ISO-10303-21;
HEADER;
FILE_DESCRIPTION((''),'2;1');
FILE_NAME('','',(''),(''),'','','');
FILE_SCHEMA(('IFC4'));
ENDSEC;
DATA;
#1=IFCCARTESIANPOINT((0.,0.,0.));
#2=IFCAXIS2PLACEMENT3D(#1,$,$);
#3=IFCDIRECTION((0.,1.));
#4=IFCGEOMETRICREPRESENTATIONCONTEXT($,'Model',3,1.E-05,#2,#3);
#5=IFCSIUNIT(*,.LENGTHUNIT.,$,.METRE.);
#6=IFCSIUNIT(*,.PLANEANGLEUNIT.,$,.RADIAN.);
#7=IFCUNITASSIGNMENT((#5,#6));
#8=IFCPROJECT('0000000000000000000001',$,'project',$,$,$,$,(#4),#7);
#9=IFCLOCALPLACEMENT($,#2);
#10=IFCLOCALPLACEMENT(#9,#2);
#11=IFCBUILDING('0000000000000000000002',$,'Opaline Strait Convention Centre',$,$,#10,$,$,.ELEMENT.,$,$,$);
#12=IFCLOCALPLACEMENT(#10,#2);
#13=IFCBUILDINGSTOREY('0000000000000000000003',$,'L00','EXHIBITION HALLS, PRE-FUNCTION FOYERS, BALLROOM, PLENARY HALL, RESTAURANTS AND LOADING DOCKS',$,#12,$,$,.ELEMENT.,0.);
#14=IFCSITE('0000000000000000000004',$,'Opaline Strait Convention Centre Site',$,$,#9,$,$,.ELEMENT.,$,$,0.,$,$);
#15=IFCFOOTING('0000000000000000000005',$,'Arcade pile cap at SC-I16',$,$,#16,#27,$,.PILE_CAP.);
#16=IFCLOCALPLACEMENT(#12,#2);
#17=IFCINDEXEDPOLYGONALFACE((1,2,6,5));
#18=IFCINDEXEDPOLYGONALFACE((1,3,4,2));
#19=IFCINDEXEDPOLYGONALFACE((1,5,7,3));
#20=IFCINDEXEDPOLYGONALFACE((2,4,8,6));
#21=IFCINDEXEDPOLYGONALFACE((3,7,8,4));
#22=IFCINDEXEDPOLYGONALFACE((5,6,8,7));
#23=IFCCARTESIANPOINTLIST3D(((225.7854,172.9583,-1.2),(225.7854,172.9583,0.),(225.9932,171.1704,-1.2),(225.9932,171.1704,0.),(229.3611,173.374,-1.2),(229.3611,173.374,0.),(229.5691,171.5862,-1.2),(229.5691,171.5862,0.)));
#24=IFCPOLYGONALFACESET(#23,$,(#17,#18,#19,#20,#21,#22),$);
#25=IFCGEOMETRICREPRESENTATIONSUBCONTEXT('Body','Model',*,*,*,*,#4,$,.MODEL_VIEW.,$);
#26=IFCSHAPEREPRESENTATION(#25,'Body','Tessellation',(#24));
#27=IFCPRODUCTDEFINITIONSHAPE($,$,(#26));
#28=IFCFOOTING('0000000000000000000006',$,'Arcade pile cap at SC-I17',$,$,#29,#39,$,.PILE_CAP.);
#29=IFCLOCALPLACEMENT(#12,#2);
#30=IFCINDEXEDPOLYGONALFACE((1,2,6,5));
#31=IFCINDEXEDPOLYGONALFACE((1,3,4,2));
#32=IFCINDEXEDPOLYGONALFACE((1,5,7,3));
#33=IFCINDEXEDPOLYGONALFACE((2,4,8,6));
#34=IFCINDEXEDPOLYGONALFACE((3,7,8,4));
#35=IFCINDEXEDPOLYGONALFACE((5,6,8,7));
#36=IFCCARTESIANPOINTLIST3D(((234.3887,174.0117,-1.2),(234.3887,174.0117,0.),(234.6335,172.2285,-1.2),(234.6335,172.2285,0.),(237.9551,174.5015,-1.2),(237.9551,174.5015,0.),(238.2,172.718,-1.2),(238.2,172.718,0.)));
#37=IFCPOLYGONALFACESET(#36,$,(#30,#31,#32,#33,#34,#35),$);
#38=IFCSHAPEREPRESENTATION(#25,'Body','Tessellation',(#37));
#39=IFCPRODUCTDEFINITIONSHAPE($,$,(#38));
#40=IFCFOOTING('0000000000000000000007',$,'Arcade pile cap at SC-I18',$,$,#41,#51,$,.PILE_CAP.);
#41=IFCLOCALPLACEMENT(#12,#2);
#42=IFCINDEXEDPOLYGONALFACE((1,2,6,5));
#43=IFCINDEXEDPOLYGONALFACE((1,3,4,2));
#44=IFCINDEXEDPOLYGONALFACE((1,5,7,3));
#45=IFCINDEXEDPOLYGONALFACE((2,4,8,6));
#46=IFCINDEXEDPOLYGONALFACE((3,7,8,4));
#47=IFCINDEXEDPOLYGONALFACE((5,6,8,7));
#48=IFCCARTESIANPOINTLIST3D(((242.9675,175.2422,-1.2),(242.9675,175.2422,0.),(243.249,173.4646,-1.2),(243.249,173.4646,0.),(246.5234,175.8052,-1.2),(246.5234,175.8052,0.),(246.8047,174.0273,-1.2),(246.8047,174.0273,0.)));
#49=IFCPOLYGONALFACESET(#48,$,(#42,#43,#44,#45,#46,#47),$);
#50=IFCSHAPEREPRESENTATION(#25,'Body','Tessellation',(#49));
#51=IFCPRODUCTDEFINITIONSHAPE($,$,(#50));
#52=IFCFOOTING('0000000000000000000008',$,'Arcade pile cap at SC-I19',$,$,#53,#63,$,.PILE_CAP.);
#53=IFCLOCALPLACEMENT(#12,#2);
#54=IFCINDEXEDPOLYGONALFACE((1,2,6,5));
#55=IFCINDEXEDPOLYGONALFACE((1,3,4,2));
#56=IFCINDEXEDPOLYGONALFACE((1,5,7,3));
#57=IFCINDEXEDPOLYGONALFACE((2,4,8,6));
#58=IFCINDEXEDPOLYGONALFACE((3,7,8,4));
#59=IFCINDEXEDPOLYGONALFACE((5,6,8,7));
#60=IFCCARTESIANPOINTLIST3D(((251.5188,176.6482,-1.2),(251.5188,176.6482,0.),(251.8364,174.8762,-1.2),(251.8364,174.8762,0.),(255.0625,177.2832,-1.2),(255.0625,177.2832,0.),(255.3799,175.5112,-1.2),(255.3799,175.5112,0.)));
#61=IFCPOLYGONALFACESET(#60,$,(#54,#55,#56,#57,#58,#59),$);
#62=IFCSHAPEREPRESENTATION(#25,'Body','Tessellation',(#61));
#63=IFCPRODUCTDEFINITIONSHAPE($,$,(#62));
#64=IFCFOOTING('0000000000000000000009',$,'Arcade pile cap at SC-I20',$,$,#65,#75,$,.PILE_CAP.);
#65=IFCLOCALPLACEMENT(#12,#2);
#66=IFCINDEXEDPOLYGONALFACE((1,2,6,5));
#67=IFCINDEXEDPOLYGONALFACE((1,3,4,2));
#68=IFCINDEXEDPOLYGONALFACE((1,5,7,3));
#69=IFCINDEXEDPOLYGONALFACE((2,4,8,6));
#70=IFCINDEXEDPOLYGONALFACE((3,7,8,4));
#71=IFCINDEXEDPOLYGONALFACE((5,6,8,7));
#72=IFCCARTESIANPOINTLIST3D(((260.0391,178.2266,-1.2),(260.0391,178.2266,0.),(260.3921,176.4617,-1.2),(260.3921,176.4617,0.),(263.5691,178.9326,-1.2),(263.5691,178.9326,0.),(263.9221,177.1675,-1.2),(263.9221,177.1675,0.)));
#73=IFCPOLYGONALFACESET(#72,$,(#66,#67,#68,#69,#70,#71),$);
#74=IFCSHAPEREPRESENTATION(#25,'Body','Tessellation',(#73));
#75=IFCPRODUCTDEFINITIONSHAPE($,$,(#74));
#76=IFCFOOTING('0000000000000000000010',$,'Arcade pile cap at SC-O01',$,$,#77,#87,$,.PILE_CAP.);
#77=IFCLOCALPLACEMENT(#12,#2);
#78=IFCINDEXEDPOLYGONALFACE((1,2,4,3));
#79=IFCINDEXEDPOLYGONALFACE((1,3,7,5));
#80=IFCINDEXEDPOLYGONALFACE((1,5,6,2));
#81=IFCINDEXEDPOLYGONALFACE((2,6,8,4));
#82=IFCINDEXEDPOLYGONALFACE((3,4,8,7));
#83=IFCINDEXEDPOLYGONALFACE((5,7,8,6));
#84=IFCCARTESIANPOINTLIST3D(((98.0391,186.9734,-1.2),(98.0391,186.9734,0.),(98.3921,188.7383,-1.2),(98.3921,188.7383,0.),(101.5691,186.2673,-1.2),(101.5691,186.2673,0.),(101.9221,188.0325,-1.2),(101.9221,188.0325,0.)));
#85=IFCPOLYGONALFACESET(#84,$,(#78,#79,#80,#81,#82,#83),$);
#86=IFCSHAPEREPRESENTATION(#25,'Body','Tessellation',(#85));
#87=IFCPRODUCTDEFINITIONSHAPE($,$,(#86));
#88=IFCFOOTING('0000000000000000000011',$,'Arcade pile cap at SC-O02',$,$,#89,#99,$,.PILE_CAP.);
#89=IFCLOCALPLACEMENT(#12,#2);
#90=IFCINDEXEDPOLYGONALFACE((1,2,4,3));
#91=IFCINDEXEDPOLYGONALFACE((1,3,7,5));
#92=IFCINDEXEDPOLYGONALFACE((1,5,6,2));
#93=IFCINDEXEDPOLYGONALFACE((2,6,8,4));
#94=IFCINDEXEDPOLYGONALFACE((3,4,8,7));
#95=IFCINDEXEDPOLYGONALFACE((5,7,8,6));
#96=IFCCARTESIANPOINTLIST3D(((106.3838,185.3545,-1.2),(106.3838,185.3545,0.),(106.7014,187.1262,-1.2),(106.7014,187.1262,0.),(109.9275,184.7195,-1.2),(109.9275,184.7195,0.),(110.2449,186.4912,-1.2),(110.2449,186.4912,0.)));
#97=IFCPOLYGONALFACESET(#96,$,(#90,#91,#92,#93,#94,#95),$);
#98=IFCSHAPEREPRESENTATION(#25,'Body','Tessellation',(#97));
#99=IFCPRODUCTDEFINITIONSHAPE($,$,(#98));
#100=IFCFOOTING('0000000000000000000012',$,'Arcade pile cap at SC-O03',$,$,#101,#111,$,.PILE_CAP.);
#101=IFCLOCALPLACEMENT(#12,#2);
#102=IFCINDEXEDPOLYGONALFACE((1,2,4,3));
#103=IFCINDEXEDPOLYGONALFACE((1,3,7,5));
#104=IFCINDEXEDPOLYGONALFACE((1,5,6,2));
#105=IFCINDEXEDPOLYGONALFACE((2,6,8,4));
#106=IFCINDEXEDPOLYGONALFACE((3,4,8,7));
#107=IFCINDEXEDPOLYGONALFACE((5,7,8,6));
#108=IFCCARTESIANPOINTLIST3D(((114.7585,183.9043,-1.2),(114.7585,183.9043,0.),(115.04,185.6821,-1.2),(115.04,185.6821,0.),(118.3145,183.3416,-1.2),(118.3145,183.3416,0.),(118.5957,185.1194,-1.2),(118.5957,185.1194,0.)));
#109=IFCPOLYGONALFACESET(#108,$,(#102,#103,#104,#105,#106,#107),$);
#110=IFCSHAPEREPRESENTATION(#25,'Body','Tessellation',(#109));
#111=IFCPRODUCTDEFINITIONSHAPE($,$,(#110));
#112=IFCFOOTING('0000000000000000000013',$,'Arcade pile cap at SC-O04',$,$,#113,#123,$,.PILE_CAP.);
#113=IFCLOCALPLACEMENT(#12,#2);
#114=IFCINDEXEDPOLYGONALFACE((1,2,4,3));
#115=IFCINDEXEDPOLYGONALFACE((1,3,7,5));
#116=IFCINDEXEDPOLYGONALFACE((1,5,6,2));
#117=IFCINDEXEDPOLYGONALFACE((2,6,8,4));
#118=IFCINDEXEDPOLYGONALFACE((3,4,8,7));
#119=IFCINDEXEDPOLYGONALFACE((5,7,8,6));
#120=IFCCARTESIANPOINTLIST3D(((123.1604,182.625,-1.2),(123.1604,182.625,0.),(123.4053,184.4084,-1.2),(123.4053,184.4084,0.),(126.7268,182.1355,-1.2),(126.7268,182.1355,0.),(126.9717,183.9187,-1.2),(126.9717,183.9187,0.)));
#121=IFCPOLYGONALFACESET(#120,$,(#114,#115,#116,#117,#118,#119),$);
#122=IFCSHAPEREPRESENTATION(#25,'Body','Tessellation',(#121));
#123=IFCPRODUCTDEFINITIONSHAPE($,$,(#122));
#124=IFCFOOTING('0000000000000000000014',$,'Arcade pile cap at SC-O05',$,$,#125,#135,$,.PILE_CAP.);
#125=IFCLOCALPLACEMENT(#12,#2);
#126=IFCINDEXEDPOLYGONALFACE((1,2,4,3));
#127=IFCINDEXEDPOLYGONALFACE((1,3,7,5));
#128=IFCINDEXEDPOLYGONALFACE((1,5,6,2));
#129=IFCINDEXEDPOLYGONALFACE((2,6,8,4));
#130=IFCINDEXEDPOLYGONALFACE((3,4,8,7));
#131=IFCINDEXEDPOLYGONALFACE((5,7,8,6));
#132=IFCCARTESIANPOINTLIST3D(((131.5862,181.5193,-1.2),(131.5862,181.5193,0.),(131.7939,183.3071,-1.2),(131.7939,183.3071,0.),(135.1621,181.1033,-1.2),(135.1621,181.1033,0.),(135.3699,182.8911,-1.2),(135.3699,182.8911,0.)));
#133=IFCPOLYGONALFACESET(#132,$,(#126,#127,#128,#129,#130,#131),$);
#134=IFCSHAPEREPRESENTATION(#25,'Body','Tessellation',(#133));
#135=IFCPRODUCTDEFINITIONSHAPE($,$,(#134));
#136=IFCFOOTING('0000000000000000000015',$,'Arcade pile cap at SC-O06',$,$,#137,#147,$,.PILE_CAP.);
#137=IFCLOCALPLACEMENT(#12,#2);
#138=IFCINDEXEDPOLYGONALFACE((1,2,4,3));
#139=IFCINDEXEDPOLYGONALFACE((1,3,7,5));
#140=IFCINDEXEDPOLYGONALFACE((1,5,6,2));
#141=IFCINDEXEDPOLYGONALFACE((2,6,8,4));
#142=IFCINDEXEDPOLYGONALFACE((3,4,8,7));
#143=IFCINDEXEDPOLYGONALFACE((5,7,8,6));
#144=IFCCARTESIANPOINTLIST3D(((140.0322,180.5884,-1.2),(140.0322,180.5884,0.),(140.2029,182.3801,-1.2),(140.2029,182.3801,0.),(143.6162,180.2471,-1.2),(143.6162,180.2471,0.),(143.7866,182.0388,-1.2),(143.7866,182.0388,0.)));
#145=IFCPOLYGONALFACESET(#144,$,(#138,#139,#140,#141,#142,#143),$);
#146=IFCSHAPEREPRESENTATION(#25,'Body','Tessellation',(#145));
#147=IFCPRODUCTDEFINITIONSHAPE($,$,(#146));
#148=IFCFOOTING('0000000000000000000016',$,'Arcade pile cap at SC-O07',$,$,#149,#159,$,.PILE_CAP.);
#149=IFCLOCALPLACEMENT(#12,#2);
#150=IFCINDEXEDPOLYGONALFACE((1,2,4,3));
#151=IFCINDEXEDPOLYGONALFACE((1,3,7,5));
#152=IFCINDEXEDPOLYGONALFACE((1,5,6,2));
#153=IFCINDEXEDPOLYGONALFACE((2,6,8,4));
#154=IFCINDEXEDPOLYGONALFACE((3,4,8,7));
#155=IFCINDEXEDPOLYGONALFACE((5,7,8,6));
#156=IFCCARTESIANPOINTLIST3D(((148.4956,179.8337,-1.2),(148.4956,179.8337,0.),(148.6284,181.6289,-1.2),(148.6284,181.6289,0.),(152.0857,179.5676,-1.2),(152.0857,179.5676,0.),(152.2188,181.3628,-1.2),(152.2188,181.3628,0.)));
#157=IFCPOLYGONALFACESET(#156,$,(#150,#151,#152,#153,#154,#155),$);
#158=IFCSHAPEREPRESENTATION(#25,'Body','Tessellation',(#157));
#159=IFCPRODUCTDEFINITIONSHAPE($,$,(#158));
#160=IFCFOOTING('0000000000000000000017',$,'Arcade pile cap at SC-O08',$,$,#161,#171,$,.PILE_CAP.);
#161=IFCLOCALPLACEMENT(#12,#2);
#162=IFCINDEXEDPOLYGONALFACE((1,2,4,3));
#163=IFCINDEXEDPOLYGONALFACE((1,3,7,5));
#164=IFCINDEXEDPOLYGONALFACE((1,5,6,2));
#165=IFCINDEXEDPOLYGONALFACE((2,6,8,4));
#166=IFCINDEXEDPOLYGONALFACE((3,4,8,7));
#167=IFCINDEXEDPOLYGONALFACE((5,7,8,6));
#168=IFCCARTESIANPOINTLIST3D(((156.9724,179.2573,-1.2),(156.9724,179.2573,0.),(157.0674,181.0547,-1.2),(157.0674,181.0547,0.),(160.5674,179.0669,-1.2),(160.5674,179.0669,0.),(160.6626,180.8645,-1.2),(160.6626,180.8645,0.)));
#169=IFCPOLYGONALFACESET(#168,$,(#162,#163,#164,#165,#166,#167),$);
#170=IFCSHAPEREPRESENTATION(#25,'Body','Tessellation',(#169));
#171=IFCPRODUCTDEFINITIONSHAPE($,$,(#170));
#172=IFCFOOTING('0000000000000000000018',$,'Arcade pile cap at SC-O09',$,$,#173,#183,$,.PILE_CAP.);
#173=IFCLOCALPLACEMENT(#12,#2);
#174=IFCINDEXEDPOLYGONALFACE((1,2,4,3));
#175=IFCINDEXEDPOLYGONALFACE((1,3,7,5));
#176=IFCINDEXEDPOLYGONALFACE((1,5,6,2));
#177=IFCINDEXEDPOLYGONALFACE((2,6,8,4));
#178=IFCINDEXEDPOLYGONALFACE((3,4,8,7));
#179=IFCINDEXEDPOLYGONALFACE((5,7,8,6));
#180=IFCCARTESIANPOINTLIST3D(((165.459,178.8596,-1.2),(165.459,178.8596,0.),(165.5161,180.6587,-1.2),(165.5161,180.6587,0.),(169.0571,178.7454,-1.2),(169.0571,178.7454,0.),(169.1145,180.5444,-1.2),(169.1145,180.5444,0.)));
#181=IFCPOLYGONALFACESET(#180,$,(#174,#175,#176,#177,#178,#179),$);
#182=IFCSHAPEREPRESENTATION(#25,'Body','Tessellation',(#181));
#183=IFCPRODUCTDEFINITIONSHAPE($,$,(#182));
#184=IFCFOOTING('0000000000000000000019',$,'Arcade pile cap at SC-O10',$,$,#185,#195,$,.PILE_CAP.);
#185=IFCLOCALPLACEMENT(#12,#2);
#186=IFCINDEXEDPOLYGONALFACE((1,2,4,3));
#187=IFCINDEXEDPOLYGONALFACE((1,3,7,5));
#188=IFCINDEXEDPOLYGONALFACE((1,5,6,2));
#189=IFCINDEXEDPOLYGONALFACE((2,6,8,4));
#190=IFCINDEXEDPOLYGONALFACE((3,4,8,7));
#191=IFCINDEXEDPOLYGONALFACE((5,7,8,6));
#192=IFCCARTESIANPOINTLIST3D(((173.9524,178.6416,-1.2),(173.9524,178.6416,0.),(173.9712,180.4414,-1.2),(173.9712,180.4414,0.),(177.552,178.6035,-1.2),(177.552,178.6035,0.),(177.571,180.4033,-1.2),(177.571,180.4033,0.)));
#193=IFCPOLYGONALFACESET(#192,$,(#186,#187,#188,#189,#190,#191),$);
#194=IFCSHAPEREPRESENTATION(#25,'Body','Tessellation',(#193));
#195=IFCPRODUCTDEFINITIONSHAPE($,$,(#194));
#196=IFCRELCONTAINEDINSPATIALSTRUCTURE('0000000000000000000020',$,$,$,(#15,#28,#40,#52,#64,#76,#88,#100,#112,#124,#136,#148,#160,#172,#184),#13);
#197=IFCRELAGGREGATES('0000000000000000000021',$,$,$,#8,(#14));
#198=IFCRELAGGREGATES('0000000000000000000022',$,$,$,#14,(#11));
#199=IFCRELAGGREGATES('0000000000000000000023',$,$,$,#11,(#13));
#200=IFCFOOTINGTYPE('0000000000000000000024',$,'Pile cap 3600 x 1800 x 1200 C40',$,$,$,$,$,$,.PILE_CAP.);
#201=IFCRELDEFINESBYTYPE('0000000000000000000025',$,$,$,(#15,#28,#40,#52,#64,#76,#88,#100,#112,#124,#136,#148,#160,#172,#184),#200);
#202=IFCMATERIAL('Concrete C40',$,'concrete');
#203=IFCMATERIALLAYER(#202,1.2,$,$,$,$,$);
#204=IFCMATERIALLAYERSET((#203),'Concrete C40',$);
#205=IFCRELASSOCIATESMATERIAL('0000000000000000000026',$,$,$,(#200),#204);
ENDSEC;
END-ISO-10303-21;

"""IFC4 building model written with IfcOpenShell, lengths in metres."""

from ifc_helpers import new_model, si_unit, direction, frame, origin, place, context, subcontext, project, spatial, polyline, outline, extrude, material, layer, layer_set, type_object, element, save


model = new_model("IFC4")

# Units and contexts
model_context = context("Model", 3, precision=1e-05, world=origin(), true_north=direction((0.0, 1.0)))
body_context = subcontext(model_context, "Body", "Model", "MODEL_VIEW")
ifc_project = project(units=[si_unit("LENGTHUNIT", "METRE"), si_unit("PLANEANGLEUNIT", "RADIAN")], contexts=[model_context])

# Site, building, storey
site_placement = place(None, origin())
site = spatial("IfcSite", under=ifc_project, at=site_placement, Name="Opaline Strait Convention Centre Site", CompositionType="ELEMENT", RefElevation=0.0)
building_placement = place(site_placement, origin())
building = spatial("IfcBuilding", under=site, at=building_placement, Name="Opaline Strait Convention Centre", CompositionType="ELEMENT")
storey_placement = place(building_placement, origin())
storey = spatial("IfcBuildingStorey", under=building, at=storey_placement, Name="L00", Description="EXHIBITION HALLS, PRE-FUNCTION FOYERS, BALLROOM, PLENARY HALL, RESTAURANTS AND LOADING DOCKS", CompositionType="ELEMENT", Elevation=0.0)

# Footings
ifc_material = material(Name="Concrete C40", Category="concrete")
ifc_layer = layer(ifc_material, 1.2)
ifc_layer_set = layer_set([ifc_layer], Name="Concrete C40")
footing_type = type_object("IfcFootingType", Name="Pile cap 3600 x 1800 x 1200 C40", PredefinedType="PILE_CAP", material=ifc_layer_set)
footing_1_placement = place(storey_placement, frame((0.0, 0.0, -1.2)))
element("IfcFooting", 1, at=footing_1_placement, inside=storey, type_object=footing_type, Name="Arcade pile cap at SC-I16", PredefinedType="PILE_CAP", context=body_context, shape_type="SweptSolid", body=[
    extrude(outline(polyline([(225.9932, 171.1704), (229.5691, 171.5862), (229.3611, 173.374), (225.7854, 172.9583), (225.9932, 171.1704)])), origin(), (0.0, 0.0, 1.0), 1.2),
])
footing_2_placement = place(storey_placement, frame((0.0, 0.0, -1.2)))
element("IfcFooting", 2, at=footing_2_placement, inside=storey, type_object=footing_type, Name="Arcade pile cap at SC-I17", PredefinedType="PILE_CAP", context=body_context, shape_type="SweptSolid", body=[
    extrude(outline(polyline([(234.6335, 172.2285), (238.2, 172.718), (237.9551, 174.5015), (234.3887, 174.0117), (234.6335, 172.2285)])), origin(), (0.0, 0.0, 1.0), 1.2),
])
footing_3_placement = place(storey_placement, frame((0.0, 0.0, -1.2)))
element("IfcFooting", 3, at=footing_3_placement, inside=storey, type_object=footing_type, Name="Arcade pile cap at SC-I18", PredefinedType="PILE_CAP", context=body_context, shape_type="SweptSolid", body=[
    extrude(outline(polyline([(243.249, 173.4646), (246.8047, 174.0273), (246.5234, 175.8052), (242.9675, 175.2422), (243.249, 173.4646)])), origin(), (0.0, 0.0, 1.0), 1.2),
])
footing_4_placement = place(storey_placement, frame((0.0, 0.0, -1.2)))
element("IfcFooting", 4, at=footing_4_placement, inside=storey, type_object=footing_type, Name="Arcade pile cap at SC-I19", PredefinedType="PILE_CAP", context=body_context, shape_type="SweptSolid", body=[
    extrude(outline(polyline([(251.8364, 174.8762), (255.3799, 175.5112), (255.0625, 177.2832), (251.5188, 176.6482), (251.8364, 174.8762)])), origin(), (0.0, 0.0, 1.0), 1.2),
])
footing_5_placement = place(storey_placement, frame((0.0, 0.0, -1.2)))
element("IfcFooting", 5, at=footing_5_placement, inside=storey, type_object=footing_type, Name="Arcade pile cap at SC-I20", PredefinedType="PILE_CAP", context=body_context, shape_type="SweptSolid", body=[
    extrude(outline(polyline([(260.3921, 176.4617), (263.9221, 177.1675), (263.5691, 178.9326), (260.0391, 178.2266), (260.3921, 176.4617)])), origin(), (0.0, 0.0, 1.0), 1.2),
])
footing_6_placement = place(storey_placement, frame((0.0, 0.0, -1.2)))
element("IfcFooting", 6, at=footing_6_placement, inside=storey, type_object=footing_type, Name="Arcade pile cap at SC-O01", PredefinedType="PILE_CAP", context=body_context, shape_type="SweptSolid", body=[
    extrude(outline(polyline([(98.0391, 186.9734), (101.5691, 186.2673), (101.9221, 188.0325), (98.3921, 188.7383), (98.0391, 186.9734)])), origin(), (0.0, 0.0, 1.0), 1.2),
])
footing_7_placement = place(storey_placement, frame((0.0, 0.0, -1.2)))
element("IfcFooting", 7, at=footing_7_placement, inside=storey, type_object=footing_type, Name="Arcade pile cap at SC-O02", PredefinedType="PILE_CAP", context=body_context, shape_type="SweptSolid", body=[
    extrude(outline(polyline([(106.3838, 185.3545), (109.9275, 184.7195), (110.2449, 186.4912), (106.7014, 187.1262), (106.3838, 185.3545)])), origin(), (0.0, 0.0, 1.0), 1.2),
])
footing_8_placement = place(storey_placement, frame((0.0, 0.0, -1.2)))
element("IfcFooting", 8, at=footing_8_placement, inside=storey, type_object=footing_type, Name="Arcade pile cap at SC-O03", PredefinedType="PILE_CAP", context=body_context, shape_type="SweptSolid", body=[
    extrude(outline(polyline([(114.7585, 183.9043), (118.3145, 183.3416), (118.5957, 185.1194), (115.04, 185.6821), (114.7585, 183.9043)])), origin(), (0.0, 0.0, 1.0), 1.2),
])
footing_9_placement = place(storey_placement, frame((0.0, 0.0, -1.2)))
element("IfcFooting", 9, at=footing_9_placement, inside=storey, type_object=footing_type, Name="Arcade pile cap at SC-O04", PredefinedType="PILE_CAP", context=body_context, shape_type="SweptSolid", body=[
    extrude(outline(polyline([(123.1604, 182.625), (126.7268, 182.1355), (126.9717, 183.9187), (123.4053, 184.4084), (123.1604, 182.625)])), origin(), (0.0, 0.0, 1.0), 1.2),
])
footing_10_placement = place(storey_placement, frame((0.0, 0.0, -1.2)))
element("IfcFooting", 10, at=footing_10_placement, inside=storey, type_object=footing_type, Name="Arcade pile cap at SC-O05", PredefinedType="PILE_CAP", context=body_context, shape_type="SweptSolid", body=[
    extrude(outline(polyline([(131.5862, 181.5193), (135.1621, 181.1033), (135.3699, 182.8911), (131.7939, 183.3071), (131.5862, 181.5193)])), origin(), (0.0, 0.0, 1.0), 1.2),
])
footing_11_placement = place(storey_placement, frame((0.0, 0.0, -1.2)))
element("IfcFooting", 11, at=footing_11_placement, inside=storey, type_object=footing_type, Name="Arcade pile cap at SC-O06", PredefinedType="PILE_CAP", context=body_context, shape_type="SweptSolid", body=[
    extrude(outline(polyline([(140.0322, 180.5884), (143.6162, 180.2471), (143.7866, 182.0388), (140.2029, 182.3801), (140.0322, 180.5884)])), origin(), (0.0, 0.0, 1.0), 1.2),
])
footing_12_placement = place(storey_placement, frame((0.0, 0.0, -1.2)))
element("IfcFooting", 12, at=footing_12_placement, inside=storey, type_object=footing_type, Name="Arcade pile cap at SC-O07", PredefinedType="PILE_CAP", context=body_context, shape_type="SweptSolid", body=[
    extrude(outline(polyline([(148.4956, 179.8337), (152.0857, 179.5676), (152.2188, 181.3628), (148.6284, 181.6289), (148.4956, 179.8337)])), origin(), (0.0, 0.0, 1.0), 1.2),
])
footing_13_placement = place(storey_placement, frame((0.0, 0.0, -1.2)))
element("IfcFooting", 13, at=footing_13_placement, inside=storey, type_object=footing_type, Name="Arcade pile cap at SC-O08", PredefinedType="PILE_CAP", context=body_context, shape_type="SweptSolid", body=[
    extrude(outline(polyline([(156.9724, 179.2573), (160.5674, 179.0669), (160.6626, 180.8645), (157.0674, 181.0547), (156.9724, 179.2573)])), origin(), (0.0, 0.0, 1.0), 1.2),
])
footing_14_placement = place(storey_placement, frame((0.0, 0.0, -1.2)))
element("IfcFooting", 14, at=footing_14_placement, inside=storey, type_object=footing_type, Name="Arcade pile cap at SC-O09", PredefinedType="PILE_CAP", context=body_context, shape_type="SweptSolid", body=[
    extrude(outline(polyline([(165.459, 178.8596), (169.0571, 178.7454), (169.1145, 180.5444), (165.5161, 180.6587), (165.459, 178.8596)])), origin(), (0.0, 0.0, 1.0), 1.2),
])
footing_15_placement = place(storey_placement, frame((0.0, 0.0, -1.2)))
element("IfcFooting", 15, at=footing_15_placement, inside=storey, type_object=footing_type, Name="Arcade pile cap at SC-O10", PredefinedType="PILE_CAP", context=body_context, shape_type="SweptSolid", body=[
    extrude(outline(polyline([(173.9524, 178.6416), (177.552, 178.6035), (177.571, 180.4033), (173.9712, 180.4414), (173.9524, 178.6416)])), origin(), (0.0, 0.0, 1.0), 1.2),
])

save(model, "model.ifc")
